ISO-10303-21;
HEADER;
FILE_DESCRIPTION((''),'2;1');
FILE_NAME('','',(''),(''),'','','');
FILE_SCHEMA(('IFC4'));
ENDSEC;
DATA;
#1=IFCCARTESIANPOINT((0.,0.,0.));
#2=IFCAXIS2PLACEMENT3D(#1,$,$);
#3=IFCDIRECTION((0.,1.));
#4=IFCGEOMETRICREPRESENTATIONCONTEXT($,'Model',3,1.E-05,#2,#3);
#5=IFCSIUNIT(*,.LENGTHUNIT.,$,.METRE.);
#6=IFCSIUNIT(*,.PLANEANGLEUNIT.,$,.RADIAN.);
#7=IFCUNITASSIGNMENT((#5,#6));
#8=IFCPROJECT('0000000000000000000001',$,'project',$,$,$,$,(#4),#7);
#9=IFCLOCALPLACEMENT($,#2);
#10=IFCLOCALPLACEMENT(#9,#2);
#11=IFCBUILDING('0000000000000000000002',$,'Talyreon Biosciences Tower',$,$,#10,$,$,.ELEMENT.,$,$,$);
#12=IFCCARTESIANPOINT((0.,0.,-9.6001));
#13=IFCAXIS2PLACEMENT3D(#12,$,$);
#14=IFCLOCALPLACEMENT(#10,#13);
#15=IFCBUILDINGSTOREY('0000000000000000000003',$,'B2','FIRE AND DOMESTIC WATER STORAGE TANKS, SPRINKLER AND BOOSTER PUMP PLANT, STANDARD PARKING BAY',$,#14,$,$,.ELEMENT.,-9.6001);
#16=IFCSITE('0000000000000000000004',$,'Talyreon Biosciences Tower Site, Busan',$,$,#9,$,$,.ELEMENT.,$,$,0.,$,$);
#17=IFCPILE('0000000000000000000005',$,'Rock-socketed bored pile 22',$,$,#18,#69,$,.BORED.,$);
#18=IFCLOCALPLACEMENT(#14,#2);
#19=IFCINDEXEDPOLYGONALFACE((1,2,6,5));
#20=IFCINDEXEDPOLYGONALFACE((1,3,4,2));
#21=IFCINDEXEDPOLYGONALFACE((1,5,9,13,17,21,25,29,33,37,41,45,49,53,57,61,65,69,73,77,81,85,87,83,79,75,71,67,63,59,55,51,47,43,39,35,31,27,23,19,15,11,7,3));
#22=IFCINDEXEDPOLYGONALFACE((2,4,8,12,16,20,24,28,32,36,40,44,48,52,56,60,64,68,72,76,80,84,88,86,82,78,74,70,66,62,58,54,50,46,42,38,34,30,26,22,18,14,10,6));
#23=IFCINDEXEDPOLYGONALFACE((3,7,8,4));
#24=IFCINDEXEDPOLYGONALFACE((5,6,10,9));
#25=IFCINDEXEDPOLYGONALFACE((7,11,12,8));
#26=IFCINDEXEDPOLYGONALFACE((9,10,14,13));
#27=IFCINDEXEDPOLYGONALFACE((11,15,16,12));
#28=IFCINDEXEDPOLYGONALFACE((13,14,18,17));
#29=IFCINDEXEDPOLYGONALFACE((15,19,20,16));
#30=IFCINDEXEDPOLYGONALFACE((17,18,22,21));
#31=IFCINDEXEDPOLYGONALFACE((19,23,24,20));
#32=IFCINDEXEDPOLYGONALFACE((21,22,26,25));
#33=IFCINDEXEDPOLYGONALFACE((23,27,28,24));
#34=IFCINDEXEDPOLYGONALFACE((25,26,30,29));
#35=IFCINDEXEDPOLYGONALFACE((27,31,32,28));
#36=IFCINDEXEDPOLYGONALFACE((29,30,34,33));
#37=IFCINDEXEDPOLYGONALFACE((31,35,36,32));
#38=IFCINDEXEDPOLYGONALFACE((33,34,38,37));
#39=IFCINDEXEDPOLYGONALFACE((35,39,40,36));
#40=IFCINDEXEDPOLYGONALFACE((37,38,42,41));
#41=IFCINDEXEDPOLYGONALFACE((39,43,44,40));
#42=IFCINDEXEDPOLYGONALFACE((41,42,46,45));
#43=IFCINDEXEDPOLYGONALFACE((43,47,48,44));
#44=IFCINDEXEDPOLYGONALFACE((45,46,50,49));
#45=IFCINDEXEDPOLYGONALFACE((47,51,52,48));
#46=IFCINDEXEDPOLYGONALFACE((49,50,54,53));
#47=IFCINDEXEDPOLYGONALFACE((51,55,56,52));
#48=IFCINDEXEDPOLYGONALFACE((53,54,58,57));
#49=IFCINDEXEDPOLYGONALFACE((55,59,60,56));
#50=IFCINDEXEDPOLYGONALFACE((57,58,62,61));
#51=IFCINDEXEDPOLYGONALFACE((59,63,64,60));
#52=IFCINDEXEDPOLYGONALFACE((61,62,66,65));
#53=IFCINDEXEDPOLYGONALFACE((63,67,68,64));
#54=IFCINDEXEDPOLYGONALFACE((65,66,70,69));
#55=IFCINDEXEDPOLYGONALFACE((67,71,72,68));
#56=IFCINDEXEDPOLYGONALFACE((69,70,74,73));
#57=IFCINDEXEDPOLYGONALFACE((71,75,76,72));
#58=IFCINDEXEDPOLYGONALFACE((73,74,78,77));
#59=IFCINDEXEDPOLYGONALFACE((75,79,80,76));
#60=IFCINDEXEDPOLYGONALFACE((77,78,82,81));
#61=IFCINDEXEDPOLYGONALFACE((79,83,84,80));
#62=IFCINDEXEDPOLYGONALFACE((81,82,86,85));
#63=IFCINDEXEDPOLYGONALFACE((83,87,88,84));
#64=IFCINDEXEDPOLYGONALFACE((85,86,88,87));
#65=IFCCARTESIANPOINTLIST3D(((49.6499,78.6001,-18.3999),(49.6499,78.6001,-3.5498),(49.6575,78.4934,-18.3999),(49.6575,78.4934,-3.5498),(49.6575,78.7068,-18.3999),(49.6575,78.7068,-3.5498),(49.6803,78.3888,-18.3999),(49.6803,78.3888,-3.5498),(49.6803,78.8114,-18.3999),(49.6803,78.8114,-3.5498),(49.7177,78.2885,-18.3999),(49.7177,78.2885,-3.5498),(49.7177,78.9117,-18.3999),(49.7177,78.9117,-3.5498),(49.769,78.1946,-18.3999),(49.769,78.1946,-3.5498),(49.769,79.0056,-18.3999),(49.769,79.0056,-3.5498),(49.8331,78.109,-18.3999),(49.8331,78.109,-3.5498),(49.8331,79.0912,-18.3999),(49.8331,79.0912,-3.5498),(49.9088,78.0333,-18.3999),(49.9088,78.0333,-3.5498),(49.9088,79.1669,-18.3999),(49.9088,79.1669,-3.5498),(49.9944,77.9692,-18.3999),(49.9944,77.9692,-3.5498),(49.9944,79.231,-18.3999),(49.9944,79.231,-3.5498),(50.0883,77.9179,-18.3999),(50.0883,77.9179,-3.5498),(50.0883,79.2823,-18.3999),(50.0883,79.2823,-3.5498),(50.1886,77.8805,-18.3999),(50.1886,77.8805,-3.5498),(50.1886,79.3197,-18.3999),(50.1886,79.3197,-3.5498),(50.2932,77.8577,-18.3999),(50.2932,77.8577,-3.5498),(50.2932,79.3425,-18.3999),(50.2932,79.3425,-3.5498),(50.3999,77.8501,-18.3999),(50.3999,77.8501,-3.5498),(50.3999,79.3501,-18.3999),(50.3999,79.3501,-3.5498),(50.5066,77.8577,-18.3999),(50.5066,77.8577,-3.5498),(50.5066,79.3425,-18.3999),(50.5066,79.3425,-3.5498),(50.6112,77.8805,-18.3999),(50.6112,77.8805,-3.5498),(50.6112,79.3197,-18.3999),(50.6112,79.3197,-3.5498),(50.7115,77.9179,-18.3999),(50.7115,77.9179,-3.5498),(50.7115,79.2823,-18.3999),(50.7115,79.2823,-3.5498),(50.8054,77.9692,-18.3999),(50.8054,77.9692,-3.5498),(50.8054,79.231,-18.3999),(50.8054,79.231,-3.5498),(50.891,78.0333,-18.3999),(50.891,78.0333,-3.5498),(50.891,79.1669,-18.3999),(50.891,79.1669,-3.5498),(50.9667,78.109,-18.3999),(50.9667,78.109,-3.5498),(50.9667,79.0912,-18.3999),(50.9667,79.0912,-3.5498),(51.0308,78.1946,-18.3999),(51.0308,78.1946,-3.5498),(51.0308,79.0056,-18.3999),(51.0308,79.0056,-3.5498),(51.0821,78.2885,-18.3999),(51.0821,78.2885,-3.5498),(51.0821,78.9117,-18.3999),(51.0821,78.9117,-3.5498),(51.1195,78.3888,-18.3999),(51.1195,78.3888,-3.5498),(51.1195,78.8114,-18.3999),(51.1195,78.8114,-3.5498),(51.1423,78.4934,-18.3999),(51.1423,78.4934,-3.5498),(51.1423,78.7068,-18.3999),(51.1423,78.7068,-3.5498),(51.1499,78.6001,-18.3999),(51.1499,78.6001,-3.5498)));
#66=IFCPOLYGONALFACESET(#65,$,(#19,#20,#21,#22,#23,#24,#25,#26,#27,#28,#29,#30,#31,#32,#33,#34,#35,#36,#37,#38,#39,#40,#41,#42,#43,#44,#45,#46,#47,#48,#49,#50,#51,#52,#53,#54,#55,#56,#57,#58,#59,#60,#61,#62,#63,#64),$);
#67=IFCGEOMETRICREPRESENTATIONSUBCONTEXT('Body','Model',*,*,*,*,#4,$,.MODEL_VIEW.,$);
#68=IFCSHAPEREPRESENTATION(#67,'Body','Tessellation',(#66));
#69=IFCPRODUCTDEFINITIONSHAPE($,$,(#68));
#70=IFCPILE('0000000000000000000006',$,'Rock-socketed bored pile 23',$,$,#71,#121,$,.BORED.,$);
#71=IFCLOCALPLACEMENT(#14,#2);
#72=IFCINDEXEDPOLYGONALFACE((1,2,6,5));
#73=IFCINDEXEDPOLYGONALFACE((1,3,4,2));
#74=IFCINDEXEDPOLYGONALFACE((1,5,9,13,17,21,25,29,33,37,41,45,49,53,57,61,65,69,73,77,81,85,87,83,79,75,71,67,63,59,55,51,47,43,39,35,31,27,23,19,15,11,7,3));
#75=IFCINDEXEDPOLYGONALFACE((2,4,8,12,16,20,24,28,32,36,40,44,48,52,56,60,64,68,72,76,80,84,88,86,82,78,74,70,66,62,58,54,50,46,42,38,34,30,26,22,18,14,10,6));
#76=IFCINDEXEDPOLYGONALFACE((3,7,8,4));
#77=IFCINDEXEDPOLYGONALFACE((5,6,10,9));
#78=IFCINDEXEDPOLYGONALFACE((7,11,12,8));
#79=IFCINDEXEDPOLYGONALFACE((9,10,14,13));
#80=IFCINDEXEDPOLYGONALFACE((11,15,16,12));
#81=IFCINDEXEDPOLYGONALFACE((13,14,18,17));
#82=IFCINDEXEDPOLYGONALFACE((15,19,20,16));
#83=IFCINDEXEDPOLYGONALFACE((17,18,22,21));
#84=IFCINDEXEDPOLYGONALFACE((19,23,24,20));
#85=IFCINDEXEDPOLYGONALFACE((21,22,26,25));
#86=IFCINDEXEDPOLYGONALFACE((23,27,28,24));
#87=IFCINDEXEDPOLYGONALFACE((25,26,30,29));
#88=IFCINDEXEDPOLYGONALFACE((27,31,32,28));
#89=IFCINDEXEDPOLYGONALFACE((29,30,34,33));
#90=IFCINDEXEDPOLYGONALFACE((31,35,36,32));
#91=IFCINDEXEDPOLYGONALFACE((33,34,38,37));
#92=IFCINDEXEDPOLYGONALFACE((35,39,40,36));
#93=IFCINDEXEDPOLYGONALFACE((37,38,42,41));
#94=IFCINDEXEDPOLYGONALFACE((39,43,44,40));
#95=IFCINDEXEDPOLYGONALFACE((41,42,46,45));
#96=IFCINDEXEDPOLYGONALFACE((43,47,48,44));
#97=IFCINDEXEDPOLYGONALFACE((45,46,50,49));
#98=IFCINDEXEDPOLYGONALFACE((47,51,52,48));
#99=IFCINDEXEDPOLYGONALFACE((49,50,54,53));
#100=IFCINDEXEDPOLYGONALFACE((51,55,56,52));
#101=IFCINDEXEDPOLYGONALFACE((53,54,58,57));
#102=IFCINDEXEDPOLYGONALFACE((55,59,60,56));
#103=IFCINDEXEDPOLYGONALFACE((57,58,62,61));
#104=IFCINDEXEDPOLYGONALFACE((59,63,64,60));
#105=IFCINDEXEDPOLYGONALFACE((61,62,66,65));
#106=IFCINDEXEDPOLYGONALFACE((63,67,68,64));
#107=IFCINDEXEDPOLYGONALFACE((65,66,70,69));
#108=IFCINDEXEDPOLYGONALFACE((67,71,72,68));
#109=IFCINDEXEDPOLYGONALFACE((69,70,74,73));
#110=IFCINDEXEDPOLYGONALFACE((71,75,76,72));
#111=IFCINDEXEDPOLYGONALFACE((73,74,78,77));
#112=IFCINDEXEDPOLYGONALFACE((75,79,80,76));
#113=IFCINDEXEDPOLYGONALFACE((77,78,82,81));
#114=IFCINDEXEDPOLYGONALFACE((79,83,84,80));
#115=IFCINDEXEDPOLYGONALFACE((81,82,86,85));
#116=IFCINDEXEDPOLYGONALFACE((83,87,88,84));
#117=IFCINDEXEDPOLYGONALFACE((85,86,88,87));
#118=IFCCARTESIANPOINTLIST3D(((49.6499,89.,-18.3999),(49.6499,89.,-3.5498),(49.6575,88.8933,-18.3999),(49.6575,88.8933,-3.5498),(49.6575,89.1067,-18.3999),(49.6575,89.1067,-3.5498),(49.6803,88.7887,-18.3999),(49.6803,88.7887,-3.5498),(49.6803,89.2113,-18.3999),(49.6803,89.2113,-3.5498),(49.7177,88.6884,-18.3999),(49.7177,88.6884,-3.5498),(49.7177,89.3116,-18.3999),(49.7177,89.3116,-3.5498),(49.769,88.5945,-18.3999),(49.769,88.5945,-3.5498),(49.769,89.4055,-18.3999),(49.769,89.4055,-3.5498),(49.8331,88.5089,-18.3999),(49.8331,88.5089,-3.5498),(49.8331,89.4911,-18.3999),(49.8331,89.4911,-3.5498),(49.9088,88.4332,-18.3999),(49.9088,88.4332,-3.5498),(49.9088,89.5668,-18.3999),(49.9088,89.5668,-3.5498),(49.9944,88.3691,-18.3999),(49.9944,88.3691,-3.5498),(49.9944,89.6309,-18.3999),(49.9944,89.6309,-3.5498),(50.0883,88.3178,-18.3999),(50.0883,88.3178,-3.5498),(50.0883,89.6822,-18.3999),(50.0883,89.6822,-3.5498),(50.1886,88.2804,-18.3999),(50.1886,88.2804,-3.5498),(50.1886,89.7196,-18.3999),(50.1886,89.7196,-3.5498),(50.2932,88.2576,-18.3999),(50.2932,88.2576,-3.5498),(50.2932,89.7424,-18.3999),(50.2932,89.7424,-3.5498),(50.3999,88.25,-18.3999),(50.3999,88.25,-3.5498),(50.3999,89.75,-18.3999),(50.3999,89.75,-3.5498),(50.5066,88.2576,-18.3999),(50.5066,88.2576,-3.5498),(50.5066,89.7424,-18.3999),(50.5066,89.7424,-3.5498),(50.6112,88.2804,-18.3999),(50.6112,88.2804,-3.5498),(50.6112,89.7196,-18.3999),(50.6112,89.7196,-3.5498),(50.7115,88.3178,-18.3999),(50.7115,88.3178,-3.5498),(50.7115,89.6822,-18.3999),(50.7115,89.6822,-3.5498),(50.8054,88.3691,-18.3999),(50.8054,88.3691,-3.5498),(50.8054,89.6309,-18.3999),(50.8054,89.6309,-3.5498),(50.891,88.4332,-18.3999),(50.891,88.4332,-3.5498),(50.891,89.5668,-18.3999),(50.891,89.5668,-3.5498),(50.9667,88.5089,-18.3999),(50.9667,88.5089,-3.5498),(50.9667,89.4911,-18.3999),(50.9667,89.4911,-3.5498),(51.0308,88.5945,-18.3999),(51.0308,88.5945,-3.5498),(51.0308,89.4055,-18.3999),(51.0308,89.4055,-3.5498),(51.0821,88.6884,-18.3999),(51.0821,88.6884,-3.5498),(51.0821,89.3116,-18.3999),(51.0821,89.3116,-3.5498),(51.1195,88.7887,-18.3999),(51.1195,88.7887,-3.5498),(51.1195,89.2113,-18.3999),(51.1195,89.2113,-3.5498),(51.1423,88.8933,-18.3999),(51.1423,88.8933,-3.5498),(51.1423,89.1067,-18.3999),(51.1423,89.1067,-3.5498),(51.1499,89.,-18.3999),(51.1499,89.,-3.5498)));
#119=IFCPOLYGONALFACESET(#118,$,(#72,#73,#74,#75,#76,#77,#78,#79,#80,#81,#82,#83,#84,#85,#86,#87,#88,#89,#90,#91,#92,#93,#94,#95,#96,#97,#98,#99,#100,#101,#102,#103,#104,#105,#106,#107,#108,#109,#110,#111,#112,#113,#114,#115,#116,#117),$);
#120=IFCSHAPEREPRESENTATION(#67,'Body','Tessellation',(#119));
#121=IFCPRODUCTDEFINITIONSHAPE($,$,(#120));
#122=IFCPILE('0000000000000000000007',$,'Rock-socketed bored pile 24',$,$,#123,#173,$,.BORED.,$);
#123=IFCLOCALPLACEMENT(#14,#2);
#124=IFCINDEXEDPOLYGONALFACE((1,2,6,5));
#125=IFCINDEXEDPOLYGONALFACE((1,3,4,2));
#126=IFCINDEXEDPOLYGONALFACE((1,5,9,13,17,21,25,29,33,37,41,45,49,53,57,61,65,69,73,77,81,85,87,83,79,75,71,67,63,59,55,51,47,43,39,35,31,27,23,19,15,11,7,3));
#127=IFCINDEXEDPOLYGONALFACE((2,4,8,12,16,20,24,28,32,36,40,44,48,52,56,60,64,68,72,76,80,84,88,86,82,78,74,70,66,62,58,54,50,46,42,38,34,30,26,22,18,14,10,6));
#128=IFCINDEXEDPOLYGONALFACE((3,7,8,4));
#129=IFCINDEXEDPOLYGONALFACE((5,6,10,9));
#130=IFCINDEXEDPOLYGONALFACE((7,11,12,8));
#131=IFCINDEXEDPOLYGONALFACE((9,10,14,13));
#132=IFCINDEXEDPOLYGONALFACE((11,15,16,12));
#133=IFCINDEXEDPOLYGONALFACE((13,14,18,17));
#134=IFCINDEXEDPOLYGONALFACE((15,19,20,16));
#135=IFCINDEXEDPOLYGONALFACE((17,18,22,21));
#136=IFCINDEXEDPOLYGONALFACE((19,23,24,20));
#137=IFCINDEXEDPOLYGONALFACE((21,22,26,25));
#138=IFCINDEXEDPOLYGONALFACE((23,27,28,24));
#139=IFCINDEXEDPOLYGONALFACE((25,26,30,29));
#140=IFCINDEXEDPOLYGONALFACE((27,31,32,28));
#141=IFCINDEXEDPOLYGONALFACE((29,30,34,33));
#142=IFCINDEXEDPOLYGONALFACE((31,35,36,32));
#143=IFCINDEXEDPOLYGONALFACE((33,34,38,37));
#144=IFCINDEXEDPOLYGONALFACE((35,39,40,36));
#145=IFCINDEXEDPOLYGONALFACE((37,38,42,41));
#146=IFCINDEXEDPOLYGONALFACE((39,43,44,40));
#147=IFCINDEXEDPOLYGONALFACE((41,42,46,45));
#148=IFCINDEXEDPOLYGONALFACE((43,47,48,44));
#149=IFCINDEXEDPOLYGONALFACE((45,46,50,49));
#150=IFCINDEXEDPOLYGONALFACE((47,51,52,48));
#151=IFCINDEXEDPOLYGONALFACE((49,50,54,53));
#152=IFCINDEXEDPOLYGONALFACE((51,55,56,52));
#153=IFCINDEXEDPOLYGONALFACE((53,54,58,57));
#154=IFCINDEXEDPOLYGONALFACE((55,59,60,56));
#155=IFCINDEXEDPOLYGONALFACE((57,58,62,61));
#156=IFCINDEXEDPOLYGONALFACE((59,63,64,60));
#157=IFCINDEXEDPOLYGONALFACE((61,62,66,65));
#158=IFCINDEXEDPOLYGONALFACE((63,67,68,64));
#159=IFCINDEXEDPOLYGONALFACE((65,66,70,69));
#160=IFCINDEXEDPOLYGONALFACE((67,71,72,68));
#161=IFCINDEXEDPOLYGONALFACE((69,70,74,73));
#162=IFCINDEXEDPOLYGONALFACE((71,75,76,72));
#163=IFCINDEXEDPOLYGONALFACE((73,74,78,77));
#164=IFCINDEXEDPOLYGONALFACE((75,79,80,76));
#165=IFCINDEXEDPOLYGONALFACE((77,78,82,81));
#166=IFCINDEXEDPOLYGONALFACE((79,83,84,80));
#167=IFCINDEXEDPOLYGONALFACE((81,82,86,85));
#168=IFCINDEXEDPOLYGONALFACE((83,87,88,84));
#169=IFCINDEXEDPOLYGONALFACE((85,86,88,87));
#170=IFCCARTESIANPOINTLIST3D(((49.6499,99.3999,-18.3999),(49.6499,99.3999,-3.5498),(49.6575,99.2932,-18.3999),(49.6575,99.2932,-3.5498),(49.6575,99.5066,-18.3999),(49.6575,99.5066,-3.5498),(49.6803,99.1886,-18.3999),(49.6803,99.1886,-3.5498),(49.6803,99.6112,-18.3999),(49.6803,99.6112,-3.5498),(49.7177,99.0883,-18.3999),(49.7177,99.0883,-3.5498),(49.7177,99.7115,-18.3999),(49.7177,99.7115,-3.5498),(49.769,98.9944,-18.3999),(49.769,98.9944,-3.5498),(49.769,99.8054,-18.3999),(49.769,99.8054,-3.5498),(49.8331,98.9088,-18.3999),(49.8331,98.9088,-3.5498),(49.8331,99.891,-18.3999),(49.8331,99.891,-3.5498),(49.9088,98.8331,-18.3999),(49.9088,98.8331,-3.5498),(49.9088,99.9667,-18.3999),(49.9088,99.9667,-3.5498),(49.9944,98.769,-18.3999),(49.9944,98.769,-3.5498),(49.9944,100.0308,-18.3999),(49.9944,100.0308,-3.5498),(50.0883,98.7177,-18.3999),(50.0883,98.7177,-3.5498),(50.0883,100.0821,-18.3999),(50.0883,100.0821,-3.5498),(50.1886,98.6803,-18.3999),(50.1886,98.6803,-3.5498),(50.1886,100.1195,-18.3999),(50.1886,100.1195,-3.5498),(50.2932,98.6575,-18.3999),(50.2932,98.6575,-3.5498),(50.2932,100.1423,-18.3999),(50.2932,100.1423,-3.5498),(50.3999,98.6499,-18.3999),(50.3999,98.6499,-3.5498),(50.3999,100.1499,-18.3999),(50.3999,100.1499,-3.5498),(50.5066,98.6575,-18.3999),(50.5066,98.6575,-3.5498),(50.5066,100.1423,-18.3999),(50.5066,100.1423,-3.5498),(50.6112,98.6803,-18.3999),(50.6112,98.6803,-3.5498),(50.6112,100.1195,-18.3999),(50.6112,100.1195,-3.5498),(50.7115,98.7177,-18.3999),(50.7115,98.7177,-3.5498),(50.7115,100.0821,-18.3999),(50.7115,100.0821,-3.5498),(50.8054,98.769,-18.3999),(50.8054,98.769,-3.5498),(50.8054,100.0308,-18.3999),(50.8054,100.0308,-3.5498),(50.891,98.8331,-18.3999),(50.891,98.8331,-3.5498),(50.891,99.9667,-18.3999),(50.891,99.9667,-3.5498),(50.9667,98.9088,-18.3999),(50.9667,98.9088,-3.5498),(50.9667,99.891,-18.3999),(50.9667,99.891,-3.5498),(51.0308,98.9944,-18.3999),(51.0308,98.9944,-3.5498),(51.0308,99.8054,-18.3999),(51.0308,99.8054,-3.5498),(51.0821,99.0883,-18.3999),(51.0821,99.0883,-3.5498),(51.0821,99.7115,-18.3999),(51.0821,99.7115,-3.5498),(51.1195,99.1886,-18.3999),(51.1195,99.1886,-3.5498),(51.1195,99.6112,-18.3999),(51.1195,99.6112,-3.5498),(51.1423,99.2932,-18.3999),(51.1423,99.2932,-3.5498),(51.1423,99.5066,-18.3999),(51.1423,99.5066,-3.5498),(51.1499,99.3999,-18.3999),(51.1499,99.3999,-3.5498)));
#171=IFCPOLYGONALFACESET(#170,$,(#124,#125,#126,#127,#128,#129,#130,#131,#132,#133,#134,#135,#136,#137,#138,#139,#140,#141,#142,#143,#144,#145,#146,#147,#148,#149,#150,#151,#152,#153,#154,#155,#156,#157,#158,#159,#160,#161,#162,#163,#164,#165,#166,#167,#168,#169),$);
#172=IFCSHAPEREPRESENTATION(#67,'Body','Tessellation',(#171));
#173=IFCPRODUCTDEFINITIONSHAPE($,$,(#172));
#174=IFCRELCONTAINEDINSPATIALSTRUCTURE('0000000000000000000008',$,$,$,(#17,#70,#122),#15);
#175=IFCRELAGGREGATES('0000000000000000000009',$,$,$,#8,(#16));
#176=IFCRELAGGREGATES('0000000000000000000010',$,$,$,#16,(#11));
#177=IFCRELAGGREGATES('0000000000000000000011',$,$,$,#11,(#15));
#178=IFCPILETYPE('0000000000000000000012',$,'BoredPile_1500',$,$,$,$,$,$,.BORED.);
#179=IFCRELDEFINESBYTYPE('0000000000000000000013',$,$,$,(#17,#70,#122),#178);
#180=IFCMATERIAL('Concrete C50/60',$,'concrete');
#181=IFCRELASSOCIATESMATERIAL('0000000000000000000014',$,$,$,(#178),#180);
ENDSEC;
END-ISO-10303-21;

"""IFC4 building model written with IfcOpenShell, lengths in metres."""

from ifc_helpers import new_model, si_unit, direction, frame, origin, origin_2d, place, context, subcontext, project, spatial, circle, extrude, material, material_profile, profile_set, type_object, element, save


model = new_model("IFC4")

# Units and contexts
model_context = context("Model", 3, precision=1e-05, world=origin(), true_north=direction((0.0, 1.0)))
body_context = subcontext(model_context, "Body", "Model", "MODEL_VIEW")
ifc_project = project(units=[si_unit("LENGTHUNIT", "METRE"), si_unit("PLANEANGLEUNIT", "RADIAN")], contexts=[model_context])

# Site, building, storey
site_placement = place(None, origin())
site = spatial("IfcSite", under=ifc_project, at=site_placement, Name="Talyreon Biosciences Tower Site, Busan", CompositionType="ELEMENT", RefElevation=0.0)
building_placement = place(site_placement, origin())
building = spatial("IfcBuilding", under=site, at=building_placement, Name="Talyreon Biosciences Tower", CompositionType="ELEMENT")
storey_placement = place(building_placement, frame((0.0, 0.0, -9.6001)))
storey = spatial("IfcBuildingStorey", under=building, at=storey_placement, Name="B2", Description="FIRE AND DOMESTIC WATER STORAGE TANKS, SPRINKLER AND BOOSTER PUMP PLANT, STANDARD PARKING BAY", CompositionType="ELEMENT", Elevation=-9.6001)

# Piles
ifc_material_1 = material(Name="Concrete C50/60", Category="concrete")
ifc_material_profile_1 = material_profile(ifc_material_1, circle(Radius=0.75, at=origin_2d()), Name="PILE D1500")
ifc_profile_set_1 = profile_set([ifc_material_profile_1], Name="Concrete C50/60")
pile_type_1 = type_object("IfcPileType", Name="BoredPile_1500", PredefinedType="BORED", material=ifc_profile_set_1)
for number, where, z_axis, x_axis, name in (
    (1, (50.3999, 78.6001, -3.5498), (0.0, 0.0, -1.0), (1.0, 0.0, 0.0), "Rock-socketed bored pile 22"),
    (2, (50.3999, 89.0, -3.5498), (0.0, 0.0, -1.0), (1.0, 0.0, 0.0), "Rock-socketed bored pile 23"),
    (3, (50.3999, 99.3999, -3.5498), (0.0, 0.0, -1.0), (1.0, 0.0, 0.0), "Rock-socketed bored pile 24"),
):
    element("IfcPile", number, at=place(storey_placement, frame(where, z_axis=z_axis, x_axis=x_axis)), inside=storey, type_object=pile_type_1, Name=name, PredefinedType="BORED", context=body_context, shape_type="SweptSolid", body=[
        extrude(circle(Radius=0.75, at=origin_2d()), origin(), (0.0, 0.0, 1.0), 14.8501),
    ])

save(model, "model.ifc")
